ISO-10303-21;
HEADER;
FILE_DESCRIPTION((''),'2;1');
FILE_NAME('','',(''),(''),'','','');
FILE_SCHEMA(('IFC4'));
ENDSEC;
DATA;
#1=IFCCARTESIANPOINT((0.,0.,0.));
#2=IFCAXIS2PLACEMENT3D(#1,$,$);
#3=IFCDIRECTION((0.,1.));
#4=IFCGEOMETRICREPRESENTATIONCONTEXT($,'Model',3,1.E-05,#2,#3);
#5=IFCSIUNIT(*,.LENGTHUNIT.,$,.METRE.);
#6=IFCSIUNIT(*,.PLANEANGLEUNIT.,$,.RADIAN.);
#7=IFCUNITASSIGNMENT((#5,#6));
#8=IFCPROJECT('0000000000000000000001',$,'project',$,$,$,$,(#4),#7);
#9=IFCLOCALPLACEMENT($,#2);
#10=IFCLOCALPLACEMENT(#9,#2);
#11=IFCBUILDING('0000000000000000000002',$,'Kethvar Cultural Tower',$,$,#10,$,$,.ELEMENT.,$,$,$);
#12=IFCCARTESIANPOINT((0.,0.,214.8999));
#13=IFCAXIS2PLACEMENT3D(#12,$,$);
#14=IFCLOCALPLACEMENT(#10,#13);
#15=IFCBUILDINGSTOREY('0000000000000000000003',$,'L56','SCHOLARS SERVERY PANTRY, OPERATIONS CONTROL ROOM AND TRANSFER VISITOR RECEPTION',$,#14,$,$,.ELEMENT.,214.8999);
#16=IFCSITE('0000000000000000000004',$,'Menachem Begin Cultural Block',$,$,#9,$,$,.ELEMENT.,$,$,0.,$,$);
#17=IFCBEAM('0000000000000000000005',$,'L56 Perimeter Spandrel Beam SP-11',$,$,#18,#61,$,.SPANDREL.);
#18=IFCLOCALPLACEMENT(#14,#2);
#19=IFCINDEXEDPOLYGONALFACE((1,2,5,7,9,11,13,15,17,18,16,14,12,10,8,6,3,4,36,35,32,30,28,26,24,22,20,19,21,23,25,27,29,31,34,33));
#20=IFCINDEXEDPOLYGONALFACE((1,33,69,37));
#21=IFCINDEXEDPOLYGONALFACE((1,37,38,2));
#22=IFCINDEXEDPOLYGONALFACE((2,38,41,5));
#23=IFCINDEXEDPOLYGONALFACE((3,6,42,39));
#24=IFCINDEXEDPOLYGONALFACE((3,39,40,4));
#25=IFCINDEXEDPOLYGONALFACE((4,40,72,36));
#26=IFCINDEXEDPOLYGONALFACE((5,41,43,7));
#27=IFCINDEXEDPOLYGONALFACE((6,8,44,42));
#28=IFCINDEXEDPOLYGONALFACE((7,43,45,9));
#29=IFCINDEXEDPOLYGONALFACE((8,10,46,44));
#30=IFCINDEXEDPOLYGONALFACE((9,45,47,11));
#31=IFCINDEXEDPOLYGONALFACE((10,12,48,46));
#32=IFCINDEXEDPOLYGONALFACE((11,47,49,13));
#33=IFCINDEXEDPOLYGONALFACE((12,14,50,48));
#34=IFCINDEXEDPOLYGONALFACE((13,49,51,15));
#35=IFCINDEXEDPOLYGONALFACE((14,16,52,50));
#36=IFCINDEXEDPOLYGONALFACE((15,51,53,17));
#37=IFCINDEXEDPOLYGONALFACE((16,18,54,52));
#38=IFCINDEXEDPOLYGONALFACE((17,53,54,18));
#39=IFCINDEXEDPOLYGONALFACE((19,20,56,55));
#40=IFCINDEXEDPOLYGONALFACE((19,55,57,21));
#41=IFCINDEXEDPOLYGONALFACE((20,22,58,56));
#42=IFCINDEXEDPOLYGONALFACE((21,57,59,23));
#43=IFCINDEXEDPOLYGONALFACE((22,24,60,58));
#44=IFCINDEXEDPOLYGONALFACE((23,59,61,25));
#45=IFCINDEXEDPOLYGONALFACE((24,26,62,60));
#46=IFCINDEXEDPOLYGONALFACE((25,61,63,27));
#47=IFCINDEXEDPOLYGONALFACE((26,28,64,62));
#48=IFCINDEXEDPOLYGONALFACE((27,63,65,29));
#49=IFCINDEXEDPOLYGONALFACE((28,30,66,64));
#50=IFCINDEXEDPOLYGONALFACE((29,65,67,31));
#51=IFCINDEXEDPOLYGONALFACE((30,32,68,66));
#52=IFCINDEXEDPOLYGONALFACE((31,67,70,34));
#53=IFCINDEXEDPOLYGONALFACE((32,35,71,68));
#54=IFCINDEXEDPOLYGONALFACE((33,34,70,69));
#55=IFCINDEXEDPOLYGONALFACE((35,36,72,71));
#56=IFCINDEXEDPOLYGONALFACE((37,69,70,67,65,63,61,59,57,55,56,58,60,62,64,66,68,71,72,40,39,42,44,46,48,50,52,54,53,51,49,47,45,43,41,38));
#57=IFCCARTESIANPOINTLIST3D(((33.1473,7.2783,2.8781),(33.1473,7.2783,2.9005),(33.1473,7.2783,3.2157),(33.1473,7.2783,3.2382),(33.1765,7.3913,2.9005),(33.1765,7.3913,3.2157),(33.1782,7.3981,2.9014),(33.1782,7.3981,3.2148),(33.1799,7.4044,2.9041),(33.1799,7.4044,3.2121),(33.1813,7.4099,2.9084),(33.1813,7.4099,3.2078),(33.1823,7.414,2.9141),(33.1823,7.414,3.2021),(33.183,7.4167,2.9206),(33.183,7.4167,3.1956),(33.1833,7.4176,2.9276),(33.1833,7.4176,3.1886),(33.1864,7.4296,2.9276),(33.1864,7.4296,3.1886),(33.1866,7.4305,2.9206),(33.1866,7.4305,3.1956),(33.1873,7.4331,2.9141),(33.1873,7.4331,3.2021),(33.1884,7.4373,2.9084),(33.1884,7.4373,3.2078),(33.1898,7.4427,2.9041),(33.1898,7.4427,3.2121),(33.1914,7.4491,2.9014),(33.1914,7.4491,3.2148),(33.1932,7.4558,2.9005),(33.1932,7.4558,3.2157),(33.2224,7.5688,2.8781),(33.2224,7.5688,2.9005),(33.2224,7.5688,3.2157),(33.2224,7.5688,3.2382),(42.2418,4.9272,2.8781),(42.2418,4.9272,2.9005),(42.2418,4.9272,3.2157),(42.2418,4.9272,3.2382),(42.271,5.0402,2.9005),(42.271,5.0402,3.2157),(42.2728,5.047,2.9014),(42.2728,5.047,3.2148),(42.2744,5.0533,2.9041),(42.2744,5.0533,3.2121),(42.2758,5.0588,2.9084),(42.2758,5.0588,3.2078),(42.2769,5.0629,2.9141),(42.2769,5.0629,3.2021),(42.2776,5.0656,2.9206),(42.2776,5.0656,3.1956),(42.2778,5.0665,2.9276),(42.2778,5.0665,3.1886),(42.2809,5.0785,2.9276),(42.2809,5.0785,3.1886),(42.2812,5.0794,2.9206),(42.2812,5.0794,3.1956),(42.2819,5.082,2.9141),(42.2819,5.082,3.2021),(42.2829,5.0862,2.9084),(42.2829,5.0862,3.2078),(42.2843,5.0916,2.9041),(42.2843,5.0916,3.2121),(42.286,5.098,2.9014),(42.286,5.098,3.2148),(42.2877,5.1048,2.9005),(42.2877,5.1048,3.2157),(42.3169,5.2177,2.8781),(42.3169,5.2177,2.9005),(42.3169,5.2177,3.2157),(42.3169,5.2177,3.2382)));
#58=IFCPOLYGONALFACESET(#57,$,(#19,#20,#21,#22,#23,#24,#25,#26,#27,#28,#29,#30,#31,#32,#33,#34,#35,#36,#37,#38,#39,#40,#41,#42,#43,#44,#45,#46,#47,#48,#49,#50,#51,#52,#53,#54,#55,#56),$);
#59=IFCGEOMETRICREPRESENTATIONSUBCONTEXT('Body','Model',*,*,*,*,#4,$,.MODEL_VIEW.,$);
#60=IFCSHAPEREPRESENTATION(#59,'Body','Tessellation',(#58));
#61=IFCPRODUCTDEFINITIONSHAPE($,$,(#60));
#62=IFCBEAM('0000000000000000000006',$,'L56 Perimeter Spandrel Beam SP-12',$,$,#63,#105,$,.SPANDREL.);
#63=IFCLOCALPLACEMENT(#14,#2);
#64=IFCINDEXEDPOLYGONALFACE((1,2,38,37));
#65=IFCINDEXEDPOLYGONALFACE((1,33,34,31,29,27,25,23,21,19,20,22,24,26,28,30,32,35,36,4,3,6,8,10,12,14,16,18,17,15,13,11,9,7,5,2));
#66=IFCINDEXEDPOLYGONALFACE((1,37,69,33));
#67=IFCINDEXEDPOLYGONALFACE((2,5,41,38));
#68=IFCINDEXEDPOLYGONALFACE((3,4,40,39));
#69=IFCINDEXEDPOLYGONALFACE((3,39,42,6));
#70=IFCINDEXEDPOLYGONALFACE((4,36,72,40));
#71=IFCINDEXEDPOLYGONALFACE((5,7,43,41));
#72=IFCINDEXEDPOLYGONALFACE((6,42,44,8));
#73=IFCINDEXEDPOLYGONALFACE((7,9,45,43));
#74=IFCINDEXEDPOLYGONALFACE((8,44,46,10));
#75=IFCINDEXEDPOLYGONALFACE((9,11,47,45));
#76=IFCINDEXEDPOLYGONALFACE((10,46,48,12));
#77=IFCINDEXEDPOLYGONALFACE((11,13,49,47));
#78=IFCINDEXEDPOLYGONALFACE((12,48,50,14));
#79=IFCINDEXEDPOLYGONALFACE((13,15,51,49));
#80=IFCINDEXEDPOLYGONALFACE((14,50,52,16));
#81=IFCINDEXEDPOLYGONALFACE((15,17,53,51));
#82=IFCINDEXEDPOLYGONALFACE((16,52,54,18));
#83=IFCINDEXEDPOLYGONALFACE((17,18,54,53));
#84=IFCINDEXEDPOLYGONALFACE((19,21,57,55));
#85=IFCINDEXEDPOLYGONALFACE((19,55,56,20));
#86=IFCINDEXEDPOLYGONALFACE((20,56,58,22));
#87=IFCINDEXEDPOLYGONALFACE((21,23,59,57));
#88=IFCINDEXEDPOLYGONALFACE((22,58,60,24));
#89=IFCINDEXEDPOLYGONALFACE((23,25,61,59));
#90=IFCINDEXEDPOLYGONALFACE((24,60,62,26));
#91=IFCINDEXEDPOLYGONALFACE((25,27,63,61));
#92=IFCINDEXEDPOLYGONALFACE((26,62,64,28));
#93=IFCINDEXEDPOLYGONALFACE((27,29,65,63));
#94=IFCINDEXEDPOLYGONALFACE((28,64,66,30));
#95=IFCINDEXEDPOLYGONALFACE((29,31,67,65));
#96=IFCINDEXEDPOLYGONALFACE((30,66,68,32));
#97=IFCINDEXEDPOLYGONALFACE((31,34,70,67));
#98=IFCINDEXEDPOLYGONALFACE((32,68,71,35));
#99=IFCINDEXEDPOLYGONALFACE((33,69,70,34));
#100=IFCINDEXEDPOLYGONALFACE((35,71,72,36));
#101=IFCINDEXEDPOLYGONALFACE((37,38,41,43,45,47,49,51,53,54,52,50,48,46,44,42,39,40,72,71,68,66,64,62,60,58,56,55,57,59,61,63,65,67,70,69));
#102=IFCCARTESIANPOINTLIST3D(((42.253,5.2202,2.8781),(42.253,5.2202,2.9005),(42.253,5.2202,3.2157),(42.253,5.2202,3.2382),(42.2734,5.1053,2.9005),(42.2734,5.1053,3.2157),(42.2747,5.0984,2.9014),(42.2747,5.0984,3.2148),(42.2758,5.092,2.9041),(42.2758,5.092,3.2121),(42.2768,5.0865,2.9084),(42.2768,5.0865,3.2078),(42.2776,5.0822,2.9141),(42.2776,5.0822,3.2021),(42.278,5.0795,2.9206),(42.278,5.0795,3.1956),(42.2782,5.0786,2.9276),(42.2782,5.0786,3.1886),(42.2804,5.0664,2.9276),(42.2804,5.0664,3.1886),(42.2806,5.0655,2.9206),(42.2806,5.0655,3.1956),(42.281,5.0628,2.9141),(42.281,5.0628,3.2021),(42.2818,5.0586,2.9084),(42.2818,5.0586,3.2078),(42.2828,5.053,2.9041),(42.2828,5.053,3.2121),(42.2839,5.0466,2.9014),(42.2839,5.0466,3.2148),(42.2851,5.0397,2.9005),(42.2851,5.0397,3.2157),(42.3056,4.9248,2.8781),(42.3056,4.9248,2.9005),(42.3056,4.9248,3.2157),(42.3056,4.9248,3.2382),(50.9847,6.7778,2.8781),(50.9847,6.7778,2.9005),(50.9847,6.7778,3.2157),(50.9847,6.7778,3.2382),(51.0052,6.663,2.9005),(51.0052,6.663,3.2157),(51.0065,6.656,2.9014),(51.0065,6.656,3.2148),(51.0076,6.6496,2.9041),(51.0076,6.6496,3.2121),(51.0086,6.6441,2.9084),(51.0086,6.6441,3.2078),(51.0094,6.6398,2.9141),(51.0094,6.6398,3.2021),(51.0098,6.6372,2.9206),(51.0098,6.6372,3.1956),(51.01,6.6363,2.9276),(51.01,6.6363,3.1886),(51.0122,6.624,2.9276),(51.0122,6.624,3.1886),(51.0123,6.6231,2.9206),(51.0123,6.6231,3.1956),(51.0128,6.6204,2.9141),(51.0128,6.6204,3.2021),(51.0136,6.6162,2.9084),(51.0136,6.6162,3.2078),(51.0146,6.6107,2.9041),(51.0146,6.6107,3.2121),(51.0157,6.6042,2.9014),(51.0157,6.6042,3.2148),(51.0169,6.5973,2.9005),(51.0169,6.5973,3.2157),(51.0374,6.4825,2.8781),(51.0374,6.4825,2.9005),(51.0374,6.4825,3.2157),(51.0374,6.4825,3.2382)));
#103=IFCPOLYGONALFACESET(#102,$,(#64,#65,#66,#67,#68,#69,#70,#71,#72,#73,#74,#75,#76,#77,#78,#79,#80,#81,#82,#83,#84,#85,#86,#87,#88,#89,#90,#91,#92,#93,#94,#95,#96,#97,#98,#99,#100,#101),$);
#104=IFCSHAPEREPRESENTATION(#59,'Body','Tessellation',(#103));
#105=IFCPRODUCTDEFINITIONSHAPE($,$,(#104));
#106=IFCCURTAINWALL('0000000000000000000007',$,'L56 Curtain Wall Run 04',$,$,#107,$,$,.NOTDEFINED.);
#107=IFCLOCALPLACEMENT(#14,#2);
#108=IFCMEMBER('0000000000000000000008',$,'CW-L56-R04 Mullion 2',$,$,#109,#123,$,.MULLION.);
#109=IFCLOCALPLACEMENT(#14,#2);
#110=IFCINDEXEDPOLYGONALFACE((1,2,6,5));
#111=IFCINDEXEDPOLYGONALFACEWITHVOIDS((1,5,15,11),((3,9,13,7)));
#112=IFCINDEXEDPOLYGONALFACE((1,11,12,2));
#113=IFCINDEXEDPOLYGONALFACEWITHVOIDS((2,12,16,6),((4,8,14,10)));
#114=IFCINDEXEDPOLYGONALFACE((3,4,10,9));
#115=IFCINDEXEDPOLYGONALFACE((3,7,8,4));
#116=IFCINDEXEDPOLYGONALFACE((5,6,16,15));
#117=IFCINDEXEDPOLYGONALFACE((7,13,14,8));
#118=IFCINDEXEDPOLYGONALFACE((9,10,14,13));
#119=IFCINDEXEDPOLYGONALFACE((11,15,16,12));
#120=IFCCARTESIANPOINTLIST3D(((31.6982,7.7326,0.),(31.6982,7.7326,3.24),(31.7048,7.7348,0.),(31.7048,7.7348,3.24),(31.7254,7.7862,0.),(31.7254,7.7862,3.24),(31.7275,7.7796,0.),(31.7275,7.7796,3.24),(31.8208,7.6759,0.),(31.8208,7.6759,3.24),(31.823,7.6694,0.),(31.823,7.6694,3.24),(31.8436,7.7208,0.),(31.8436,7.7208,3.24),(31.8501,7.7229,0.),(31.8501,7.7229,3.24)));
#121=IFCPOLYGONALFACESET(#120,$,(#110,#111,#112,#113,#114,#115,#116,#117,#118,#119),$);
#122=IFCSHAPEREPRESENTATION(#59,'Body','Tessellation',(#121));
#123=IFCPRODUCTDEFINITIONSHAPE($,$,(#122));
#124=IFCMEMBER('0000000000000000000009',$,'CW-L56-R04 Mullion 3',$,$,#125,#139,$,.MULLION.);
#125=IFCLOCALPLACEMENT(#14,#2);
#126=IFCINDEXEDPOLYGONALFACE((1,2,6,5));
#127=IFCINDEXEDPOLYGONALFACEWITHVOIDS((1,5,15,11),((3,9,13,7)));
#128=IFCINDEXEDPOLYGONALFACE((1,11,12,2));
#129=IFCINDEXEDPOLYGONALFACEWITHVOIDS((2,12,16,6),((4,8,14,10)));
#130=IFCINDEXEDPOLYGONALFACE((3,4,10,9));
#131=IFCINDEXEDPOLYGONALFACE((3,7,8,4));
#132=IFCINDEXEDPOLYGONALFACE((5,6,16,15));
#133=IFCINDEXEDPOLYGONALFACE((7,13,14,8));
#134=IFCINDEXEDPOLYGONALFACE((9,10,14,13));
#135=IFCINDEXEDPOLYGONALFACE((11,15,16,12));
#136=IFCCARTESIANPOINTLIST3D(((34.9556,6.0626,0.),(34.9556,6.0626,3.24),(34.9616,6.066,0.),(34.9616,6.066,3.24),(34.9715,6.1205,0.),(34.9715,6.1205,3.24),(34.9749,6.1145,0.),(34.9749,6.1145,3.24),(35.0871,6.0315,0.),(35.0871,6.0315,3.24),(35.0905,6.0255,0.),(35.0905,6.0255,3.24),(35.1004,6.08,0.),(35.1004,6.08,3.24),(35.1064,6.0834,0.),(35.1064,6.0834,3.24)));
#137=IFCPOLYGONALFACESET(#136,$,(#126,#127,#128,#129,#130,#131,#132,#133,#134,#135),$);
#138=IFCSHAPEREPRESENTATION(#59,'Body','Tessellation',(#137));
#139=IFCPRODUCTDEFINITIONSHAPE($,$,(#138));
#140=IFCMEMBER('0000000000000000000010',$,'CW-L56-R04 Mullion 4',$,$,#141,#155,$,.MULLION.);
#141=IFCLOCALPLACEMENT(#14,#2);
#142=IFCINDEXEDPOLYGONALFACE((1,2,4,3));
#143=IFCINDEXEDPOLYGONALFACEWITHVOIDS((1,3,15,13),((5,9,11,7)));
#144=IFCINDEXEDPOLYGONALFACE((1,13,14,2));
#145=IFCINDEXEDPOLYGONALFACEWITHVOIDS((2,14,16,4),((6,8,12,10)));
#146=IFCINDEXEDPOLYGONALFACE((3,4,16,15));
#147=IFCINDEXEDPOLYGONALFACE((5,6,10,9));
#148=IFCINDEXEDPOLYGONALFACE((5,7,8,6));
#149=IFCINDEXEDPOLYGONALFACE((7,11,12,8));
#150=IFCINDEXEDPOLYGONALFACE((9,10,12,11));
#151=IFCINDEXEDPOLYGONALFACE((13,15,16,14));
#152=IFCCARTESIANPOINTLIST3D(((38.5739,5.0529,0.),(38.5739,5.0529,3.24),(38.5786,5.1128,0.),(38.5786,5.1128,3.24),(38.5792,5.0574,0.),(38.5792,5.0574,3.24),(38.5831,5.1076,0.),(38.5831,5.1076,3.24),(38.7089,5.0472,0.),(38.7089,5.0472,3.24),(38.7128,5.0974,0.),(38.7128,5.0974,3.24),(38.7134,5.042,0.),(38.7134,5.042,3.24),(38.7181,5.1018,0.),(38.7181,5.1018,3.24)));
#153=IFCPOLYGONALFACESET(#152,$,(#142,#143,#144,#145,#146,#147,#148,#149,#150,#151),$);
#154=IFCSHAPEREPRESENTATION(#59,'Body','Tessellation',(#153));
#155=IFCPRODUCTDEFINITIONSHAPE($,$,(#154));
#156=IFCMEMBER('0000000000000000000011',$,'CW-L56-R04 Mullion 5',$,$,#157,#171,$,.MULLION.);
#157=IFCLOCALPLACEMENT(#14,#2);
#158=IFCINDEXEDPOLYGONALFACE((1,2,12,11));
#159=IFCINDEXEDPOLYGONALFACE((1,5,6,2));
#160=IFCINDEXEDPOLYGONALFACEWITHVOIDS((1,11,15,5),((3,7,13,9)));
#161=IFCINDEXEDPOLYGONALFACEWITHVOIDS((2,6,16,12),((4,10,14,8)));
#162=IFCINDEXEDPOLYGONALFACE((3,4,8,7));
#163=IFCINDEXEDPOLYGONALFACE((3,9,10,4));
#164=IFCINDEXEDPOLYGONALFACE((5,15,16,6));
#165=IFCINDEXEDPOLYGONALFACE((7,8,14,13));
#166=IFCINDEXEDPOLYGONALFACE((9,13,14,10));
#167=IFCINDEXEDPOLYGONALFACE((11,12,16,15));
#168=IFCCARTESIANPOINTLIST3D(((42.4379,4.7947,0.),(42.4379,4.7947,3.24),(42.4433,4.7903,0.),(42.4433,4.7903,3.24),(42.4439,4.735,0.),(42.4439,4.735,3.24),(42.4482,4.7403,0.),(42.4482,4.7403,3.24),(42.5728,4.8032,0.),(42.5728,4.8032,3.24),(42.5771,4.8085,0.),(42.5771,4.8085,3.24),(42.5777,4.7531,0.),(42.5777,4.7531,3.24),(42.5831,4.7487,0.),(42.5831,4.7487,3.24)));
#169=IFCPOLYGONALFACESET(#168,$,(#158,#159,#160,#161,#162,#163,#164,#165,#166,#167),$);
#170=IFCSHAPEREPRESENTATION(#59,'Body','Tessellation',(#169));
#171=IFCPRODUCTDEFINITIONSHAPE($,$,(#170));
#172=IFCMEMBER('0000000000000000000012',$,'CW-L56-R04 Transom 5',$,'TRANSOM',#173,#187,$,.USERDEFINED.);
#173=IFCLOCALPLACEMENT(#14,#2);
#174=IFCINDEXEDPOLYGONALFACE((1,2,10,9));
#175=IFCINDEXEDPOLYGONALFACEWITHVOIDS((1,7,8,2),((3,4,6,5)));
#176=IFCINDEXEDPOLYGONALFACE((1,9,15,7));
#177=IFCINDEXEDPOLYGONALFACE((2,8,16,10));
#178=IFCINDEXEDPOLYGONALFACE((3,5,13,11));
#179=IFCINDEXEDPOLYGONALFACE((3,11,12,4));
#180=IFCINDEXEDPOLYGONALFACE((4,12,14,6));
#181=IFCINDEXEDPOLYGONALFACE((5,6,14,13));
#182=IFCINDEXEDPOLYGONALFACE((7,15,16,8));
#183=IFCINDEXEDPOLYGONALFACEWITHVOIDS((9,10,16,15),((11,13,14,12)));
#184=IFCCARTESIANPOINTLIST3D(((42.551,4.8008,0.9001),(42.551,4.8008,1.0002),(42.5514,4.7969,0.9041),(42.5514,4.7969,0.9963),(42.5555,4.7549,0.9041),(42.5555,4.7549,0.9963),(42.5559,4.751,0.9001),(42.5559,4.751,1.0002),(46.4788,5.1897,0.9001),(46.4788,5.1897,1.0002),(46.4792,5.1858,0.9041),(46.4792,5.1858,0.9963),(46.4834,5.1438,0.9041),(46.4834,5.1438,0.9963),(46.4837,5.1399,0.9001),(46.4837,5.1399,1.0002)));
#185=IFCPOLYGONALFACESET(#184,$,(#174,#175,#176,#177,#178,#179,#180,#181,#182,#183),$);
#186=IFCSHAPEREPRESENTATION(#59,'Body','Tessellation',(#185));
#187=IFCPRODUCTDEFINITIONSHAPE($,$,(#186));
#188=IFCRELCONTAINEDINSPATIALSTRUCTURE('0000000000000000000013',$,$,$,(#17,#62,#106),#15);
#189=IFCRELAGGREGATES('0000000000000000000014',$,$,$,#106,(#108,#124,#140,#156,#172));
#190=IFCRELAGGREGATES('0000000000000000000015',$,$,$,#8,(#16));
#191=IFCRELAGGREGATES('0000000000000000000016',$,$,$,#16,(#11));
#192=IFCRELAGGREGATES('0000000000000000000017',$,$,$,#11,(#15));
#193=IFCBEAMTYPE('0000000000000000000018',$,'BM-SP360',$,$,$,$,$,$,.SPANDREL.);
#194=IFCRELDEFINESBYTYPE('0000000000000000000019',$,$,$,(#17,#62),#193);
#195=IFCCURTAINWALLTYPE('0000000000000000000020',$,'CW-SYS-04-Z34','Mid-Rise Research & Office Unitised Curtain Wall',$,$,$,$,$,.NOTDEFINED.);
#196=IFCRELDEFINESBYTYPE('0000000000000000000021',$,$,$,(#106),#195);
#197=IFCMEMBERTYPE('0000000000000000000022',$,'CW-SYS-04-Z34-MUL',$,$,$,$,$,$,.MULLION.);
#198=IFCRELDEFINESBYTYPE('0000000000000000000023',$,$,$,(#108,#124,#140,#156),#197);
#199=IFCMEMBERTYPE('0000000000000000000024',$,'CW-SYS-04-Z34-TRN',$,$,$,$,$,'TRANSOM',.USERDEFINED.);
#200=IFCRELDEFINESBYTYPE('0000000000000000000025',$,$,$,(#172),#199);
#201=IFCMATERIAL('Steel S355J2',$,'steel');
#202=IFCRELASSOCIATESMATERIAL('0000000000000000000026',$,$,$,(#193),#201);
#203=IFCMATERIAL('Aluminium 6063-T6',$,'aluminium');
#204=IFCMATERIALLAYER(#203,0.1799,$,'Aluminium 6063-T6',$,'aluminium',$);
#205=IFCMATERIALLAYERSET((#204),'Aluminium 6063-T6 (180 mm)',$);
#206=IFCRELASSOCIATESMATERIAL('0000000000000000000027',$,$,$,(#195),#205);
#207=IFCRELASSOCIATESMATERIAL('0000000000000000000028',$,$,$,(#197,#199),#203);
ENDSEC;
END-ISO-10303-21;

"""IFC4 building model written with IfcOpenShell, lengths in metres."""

from ifc_helpers import new_model, si_unit, direction, frame, origin, origin_2d, place, context, subcontext, project, spatial, hollow_rectangle, i_section, extrude, source, transform, mapped, material, layer, layer_set, material_profile, profile_set, type_object, element, aggregate, save


model = new_model("IFC4")

# Units and contexts
model_context = context("Model", 3, precision=1e-05, world=origin(), true_north=direction((0.0, 1.0)))
body_context = subcontext(model_context, "Body", "Model", "MODEL_VIEW")
ifc_project = project(units=[si_unit("LENGTHUNIT", "METRE"), si_unit("PLANEANGLEUNIT", "RADIAN")], contexts=[model_context])

# Site, building, storey
site_placement = place(None, origin())
site = spatial("IfcSite", under=ifc_project, at=site_placement, Name="Menachem Begin Cultural Block", CompositionType="ELEMENT", RefElevation=0.0)
building_placement = place(site_placement, origin())
building = spatial("IfcBuilding", under=site, at=building_placement, Name="Kethvar Cultural Tower", CompositionType="ELEMENT")
storey_placement = place(building_placement, frame((0.0, 0.0, 214.8999)))
storey = spatial("IfcBuildingStorey", under=building, at=storey_placement, Name="L56", Description="SCHOLARS SERVERY PANTRY, OPERATIONS CONTROL ROOM AND TRANSFER VISITOR RECEPTION", CompositionType="ELEMENT", Elevation=214.8999)

# Beams
ifc_material_1 = material(Name="Steel S355J2", Category="steel")
ifc_material_profile_1 = material_profile(ifc_material_1, i_section(OverallWidth=0.3, OverallDepth=0.3601, WebThickness=0.0125, FlangeThickness=0.0225, FilletRadius=0.0271, at=origin_2d()), Name="Steel S355J2 — HEB360")
ifc_profile_set_1 = profile_set([ifc_material_profile_1], Name="Steel S355J2 — HEB360")
beam_type_1 = type_object("IfcBeamType", Name="BM-SP360", PredefinedType="SPANDREL", material=ifc_profile_set_1)
shared_shape_1 = source(origin(), body_context, "Body", "SweptSolid", [
    extrude(i_section(OverallWidth=0.3, OverallDepth=0.3601, WebThickness=0.0125, FlangeThickness=0.0225, FilletRadius=0.0271, at=origin_2d()), origin(), (0.0, 0.0, 1.0), 9.3936),
])
beam_1_placement = place(storey_placement, frame((33.1848, 7.4236, 3.0581), z_axis=(0.968171, -0.250288, 0.0), x_axis=(0.250288, 0.968171, 0.0)))
element("IfcBeam", 1, at=beam_1_placement, inside=storey, type_object=beam_type_1, Name="L56 Perimeter Spandrel Beam SP-11", PredefinedType="SPANDREL", context=body_context, shape_type="MappedRepresentation", body=[
    mapped(shared_shape_1, transform((0.0, 0.0, 0.0), scale=1.0)),
])
shared_shape_2 = source(origin(), body_context, "Body", "SweptSolid", [
    extrude(i_section(OverallWidth=0.3, OverallDepth=0.3601, WebThickness=0.0125, FlangeThickness=0.0225, FilletRadius=0.0271, at=origin_2d()), origin(), (0.0, 0.0, 1.0), 8.8696),
])
beam_2_placement = place(storey_placement, frame((42.2793, 5.0725, 3.0581), z_axis=(0.984459, 0.175614, 0.0), x_axis=(-0.175614, 0.984459, 0.0)))
element("IfcBeam", 2, at=beam_2_placement, inside=storey, type_object=beam_type_1, Name="L56 Perimeter Spandrel Beam SP-12", PredefinedType="SPANDREL", context=body_context, shape_type="MappedRepresentation", body=[
    mapped(shared_shape_2, transform((0.0, 0.0, 0.0), scale=1.0)),
])

# Curtain wall, members
ifc_material_2 = material(Name="Aluminium 6063-T6", Category="aluminium")
ifc_layer_1 = layer(ifc_material_2, 0.1799, Name="Aluminium 6063-T6", Category="aluminium")
ifc_layer_set_1 = layer_set([ifc_layer_1], Name="Aluminium 6063-T6 (180 mm)")
curtain_wall_type = type_object("IfcCurtainWallType", Name="CW-SYS-04-Z34", Description="Mid-Rise Research & Office Unitised Curtain Wall", PredefinedType="NOTDEFINED", material=ifc_layer_set_1)
curtain_wall_placement = place(storey_placement, origin())
curtain_wall = element("IfcCurtainWall", 3, at=curtain_wall_placement, inside=storey, type_object=curtain_wall_type, Name="L56 Curtain Wall Run 04", PredefinedType="NOTDEFINED")
ifc_material_profile_2 = material_profile(ifc_material_2, hollow_rectangle(XDim=0.0601, YDim=0.1399, WallThickness=0.0049, at=origin_2d()), Name="Aluminium 6063-T6 — RHS140x60x5")
ifc_profile_set_2 = profile_set([ifc_material_profile_2], Name="Aluminium 6063-T6 — RHS140x60x5")
member_type_1 = type_object("IfcMemberType", Name="CW-SYS-04-Z34-MUL", PredefinedType="MULLION", material=ifc_profile_set_2)
shared_shape_3 = source(origin(), body_context, "Body", "SweptSolid", [
    extrude(hollow_rectangle(XDim=0.0601, YDim=0.1399, WallThickness=0.0049, at=origin_2d()), origin(), (0.0, 0.0, 1.0), 3.24),
])
member_1_placement = place(storey_placement, frame((31.7742, 7.7278, 0.0), z_axis=(0.0, 0.0, 1.0), x_axis=(0.452419, 0.891805, 0.0)))
member_1 = element("IfcMember", 4, at=member_1_placement, type_object=member_type_1, Name="CW-L56-R04 Mullion 2", PredefinedType="MULLION", context=body_context, shape_type="MappedRepresentation", body=[
    mapped(shared_shape_3, transform((0.0, 0.0, 0.0), scale=1.0)),
])
member_2_placement = place(storey_placement, frame((35.031, 6.073, 0.0), z_axis=(0.0, 0.0, 1.0), x_axis=(0.265018, 0.964244, 0.0)))
member_2 = element("IfcMember", 5, at=member_2_placement, type_object=member_type_1, Name="CW-L56-R04 Mullion 3", PredefinedType="MULLION", context=body_context, shape_type="MappedRepresentation", body=[
    mapped(shared_shape_3, transform((0.0, 0.0, 0.0), scale=1.0)),
])
member_3_placement = place(storey_placement, frame((38.646, 5.0774, 0.0), z_axis=(0.0, 0.0, 1.0), x_axis=(0.078424, 0.99692, 0.0)))
member_3 = element("IfcMember", 6, at=member_3_placement, type_object=member_type_1, Name="CW-L56-R04 Mullion 4", PredefinedType="MULLION", context=body_context, shape_type="MappedRepresentation", body=[
    mapped(shared_shape_3, transform((0.0, 0.0, 0.0), scale=1.0)),
])
member_4_placement = place(storey_placement, frame((42.5105, 4.7717, 0.0), z_axis=(0.0, 0.0, 1.0), x_axis=(-0.098556, 0.995132, 0.0)))
member_4 = element("IfcMember", 7, at=member_4_placement, type_object=member_type_1, Name="CW-L56-R04 Mullion 5", PredefinedType="MULLION", context=body_context, shape_type="MappedRepresentation", body=[
    mapped(shared_shape_3, transform((0.0, 0.0, 0.0), scale=1.0)),
])
ifc_material_profile_3 = material_profile(ifc_material_2, hollow_rectangle(XDim=0.05, YDim=0.1001, WallThickness=0.0039, at=origin_2d()), Name="Aluminium 6063-T6 — RHS100x50x4")
ifc_profile_set_3 = profile_set([ifc_material_profile_3], Name="Aluminium 6063-T6 — RHS100x50x4")
member_type_2 = type_object("IfcMemberType", Name="CW-SYS-04-Z34-TRN", ElementType="TRANSOM", PredefinedType="USERDEFINED", material=ifc_profile_set_3)
shared_shape_4 = source(origin(), body_context, "Body", "SweptSolid", [
    extrude(hollow_rectangle(XDim=0.05, YDim=0.1001, WallThickness=0.0039, at=origin_2d()), origin(), (0.0, 0.0, 1.0), 3.947),
])
member_5_placement = place(storey_placement, frame((42.5535, 4.7759, 0.9502), z_axis=(0.995133, 0.098536, 0.0), x_axis=(-0.098536, 0.995133, 0.0)))
member_5 = element("IfcMember", 8, at=member_5_placement, type_object=member_type_2, Name="CW-L56-R04 Transom 5", ObjectType="TRANSOM", PredefinedType="USERDEFINED", context=body_context, shape_type="MappedRepresentation", body=[
    mapped(shared_shape_4, transform((0.0, 0.0, 0.0), scale=1.0)),
])
aggregate(curtain_wall, [member_1, member_2, member_3, member_4, member_5])

save(model, "model.ifc")
